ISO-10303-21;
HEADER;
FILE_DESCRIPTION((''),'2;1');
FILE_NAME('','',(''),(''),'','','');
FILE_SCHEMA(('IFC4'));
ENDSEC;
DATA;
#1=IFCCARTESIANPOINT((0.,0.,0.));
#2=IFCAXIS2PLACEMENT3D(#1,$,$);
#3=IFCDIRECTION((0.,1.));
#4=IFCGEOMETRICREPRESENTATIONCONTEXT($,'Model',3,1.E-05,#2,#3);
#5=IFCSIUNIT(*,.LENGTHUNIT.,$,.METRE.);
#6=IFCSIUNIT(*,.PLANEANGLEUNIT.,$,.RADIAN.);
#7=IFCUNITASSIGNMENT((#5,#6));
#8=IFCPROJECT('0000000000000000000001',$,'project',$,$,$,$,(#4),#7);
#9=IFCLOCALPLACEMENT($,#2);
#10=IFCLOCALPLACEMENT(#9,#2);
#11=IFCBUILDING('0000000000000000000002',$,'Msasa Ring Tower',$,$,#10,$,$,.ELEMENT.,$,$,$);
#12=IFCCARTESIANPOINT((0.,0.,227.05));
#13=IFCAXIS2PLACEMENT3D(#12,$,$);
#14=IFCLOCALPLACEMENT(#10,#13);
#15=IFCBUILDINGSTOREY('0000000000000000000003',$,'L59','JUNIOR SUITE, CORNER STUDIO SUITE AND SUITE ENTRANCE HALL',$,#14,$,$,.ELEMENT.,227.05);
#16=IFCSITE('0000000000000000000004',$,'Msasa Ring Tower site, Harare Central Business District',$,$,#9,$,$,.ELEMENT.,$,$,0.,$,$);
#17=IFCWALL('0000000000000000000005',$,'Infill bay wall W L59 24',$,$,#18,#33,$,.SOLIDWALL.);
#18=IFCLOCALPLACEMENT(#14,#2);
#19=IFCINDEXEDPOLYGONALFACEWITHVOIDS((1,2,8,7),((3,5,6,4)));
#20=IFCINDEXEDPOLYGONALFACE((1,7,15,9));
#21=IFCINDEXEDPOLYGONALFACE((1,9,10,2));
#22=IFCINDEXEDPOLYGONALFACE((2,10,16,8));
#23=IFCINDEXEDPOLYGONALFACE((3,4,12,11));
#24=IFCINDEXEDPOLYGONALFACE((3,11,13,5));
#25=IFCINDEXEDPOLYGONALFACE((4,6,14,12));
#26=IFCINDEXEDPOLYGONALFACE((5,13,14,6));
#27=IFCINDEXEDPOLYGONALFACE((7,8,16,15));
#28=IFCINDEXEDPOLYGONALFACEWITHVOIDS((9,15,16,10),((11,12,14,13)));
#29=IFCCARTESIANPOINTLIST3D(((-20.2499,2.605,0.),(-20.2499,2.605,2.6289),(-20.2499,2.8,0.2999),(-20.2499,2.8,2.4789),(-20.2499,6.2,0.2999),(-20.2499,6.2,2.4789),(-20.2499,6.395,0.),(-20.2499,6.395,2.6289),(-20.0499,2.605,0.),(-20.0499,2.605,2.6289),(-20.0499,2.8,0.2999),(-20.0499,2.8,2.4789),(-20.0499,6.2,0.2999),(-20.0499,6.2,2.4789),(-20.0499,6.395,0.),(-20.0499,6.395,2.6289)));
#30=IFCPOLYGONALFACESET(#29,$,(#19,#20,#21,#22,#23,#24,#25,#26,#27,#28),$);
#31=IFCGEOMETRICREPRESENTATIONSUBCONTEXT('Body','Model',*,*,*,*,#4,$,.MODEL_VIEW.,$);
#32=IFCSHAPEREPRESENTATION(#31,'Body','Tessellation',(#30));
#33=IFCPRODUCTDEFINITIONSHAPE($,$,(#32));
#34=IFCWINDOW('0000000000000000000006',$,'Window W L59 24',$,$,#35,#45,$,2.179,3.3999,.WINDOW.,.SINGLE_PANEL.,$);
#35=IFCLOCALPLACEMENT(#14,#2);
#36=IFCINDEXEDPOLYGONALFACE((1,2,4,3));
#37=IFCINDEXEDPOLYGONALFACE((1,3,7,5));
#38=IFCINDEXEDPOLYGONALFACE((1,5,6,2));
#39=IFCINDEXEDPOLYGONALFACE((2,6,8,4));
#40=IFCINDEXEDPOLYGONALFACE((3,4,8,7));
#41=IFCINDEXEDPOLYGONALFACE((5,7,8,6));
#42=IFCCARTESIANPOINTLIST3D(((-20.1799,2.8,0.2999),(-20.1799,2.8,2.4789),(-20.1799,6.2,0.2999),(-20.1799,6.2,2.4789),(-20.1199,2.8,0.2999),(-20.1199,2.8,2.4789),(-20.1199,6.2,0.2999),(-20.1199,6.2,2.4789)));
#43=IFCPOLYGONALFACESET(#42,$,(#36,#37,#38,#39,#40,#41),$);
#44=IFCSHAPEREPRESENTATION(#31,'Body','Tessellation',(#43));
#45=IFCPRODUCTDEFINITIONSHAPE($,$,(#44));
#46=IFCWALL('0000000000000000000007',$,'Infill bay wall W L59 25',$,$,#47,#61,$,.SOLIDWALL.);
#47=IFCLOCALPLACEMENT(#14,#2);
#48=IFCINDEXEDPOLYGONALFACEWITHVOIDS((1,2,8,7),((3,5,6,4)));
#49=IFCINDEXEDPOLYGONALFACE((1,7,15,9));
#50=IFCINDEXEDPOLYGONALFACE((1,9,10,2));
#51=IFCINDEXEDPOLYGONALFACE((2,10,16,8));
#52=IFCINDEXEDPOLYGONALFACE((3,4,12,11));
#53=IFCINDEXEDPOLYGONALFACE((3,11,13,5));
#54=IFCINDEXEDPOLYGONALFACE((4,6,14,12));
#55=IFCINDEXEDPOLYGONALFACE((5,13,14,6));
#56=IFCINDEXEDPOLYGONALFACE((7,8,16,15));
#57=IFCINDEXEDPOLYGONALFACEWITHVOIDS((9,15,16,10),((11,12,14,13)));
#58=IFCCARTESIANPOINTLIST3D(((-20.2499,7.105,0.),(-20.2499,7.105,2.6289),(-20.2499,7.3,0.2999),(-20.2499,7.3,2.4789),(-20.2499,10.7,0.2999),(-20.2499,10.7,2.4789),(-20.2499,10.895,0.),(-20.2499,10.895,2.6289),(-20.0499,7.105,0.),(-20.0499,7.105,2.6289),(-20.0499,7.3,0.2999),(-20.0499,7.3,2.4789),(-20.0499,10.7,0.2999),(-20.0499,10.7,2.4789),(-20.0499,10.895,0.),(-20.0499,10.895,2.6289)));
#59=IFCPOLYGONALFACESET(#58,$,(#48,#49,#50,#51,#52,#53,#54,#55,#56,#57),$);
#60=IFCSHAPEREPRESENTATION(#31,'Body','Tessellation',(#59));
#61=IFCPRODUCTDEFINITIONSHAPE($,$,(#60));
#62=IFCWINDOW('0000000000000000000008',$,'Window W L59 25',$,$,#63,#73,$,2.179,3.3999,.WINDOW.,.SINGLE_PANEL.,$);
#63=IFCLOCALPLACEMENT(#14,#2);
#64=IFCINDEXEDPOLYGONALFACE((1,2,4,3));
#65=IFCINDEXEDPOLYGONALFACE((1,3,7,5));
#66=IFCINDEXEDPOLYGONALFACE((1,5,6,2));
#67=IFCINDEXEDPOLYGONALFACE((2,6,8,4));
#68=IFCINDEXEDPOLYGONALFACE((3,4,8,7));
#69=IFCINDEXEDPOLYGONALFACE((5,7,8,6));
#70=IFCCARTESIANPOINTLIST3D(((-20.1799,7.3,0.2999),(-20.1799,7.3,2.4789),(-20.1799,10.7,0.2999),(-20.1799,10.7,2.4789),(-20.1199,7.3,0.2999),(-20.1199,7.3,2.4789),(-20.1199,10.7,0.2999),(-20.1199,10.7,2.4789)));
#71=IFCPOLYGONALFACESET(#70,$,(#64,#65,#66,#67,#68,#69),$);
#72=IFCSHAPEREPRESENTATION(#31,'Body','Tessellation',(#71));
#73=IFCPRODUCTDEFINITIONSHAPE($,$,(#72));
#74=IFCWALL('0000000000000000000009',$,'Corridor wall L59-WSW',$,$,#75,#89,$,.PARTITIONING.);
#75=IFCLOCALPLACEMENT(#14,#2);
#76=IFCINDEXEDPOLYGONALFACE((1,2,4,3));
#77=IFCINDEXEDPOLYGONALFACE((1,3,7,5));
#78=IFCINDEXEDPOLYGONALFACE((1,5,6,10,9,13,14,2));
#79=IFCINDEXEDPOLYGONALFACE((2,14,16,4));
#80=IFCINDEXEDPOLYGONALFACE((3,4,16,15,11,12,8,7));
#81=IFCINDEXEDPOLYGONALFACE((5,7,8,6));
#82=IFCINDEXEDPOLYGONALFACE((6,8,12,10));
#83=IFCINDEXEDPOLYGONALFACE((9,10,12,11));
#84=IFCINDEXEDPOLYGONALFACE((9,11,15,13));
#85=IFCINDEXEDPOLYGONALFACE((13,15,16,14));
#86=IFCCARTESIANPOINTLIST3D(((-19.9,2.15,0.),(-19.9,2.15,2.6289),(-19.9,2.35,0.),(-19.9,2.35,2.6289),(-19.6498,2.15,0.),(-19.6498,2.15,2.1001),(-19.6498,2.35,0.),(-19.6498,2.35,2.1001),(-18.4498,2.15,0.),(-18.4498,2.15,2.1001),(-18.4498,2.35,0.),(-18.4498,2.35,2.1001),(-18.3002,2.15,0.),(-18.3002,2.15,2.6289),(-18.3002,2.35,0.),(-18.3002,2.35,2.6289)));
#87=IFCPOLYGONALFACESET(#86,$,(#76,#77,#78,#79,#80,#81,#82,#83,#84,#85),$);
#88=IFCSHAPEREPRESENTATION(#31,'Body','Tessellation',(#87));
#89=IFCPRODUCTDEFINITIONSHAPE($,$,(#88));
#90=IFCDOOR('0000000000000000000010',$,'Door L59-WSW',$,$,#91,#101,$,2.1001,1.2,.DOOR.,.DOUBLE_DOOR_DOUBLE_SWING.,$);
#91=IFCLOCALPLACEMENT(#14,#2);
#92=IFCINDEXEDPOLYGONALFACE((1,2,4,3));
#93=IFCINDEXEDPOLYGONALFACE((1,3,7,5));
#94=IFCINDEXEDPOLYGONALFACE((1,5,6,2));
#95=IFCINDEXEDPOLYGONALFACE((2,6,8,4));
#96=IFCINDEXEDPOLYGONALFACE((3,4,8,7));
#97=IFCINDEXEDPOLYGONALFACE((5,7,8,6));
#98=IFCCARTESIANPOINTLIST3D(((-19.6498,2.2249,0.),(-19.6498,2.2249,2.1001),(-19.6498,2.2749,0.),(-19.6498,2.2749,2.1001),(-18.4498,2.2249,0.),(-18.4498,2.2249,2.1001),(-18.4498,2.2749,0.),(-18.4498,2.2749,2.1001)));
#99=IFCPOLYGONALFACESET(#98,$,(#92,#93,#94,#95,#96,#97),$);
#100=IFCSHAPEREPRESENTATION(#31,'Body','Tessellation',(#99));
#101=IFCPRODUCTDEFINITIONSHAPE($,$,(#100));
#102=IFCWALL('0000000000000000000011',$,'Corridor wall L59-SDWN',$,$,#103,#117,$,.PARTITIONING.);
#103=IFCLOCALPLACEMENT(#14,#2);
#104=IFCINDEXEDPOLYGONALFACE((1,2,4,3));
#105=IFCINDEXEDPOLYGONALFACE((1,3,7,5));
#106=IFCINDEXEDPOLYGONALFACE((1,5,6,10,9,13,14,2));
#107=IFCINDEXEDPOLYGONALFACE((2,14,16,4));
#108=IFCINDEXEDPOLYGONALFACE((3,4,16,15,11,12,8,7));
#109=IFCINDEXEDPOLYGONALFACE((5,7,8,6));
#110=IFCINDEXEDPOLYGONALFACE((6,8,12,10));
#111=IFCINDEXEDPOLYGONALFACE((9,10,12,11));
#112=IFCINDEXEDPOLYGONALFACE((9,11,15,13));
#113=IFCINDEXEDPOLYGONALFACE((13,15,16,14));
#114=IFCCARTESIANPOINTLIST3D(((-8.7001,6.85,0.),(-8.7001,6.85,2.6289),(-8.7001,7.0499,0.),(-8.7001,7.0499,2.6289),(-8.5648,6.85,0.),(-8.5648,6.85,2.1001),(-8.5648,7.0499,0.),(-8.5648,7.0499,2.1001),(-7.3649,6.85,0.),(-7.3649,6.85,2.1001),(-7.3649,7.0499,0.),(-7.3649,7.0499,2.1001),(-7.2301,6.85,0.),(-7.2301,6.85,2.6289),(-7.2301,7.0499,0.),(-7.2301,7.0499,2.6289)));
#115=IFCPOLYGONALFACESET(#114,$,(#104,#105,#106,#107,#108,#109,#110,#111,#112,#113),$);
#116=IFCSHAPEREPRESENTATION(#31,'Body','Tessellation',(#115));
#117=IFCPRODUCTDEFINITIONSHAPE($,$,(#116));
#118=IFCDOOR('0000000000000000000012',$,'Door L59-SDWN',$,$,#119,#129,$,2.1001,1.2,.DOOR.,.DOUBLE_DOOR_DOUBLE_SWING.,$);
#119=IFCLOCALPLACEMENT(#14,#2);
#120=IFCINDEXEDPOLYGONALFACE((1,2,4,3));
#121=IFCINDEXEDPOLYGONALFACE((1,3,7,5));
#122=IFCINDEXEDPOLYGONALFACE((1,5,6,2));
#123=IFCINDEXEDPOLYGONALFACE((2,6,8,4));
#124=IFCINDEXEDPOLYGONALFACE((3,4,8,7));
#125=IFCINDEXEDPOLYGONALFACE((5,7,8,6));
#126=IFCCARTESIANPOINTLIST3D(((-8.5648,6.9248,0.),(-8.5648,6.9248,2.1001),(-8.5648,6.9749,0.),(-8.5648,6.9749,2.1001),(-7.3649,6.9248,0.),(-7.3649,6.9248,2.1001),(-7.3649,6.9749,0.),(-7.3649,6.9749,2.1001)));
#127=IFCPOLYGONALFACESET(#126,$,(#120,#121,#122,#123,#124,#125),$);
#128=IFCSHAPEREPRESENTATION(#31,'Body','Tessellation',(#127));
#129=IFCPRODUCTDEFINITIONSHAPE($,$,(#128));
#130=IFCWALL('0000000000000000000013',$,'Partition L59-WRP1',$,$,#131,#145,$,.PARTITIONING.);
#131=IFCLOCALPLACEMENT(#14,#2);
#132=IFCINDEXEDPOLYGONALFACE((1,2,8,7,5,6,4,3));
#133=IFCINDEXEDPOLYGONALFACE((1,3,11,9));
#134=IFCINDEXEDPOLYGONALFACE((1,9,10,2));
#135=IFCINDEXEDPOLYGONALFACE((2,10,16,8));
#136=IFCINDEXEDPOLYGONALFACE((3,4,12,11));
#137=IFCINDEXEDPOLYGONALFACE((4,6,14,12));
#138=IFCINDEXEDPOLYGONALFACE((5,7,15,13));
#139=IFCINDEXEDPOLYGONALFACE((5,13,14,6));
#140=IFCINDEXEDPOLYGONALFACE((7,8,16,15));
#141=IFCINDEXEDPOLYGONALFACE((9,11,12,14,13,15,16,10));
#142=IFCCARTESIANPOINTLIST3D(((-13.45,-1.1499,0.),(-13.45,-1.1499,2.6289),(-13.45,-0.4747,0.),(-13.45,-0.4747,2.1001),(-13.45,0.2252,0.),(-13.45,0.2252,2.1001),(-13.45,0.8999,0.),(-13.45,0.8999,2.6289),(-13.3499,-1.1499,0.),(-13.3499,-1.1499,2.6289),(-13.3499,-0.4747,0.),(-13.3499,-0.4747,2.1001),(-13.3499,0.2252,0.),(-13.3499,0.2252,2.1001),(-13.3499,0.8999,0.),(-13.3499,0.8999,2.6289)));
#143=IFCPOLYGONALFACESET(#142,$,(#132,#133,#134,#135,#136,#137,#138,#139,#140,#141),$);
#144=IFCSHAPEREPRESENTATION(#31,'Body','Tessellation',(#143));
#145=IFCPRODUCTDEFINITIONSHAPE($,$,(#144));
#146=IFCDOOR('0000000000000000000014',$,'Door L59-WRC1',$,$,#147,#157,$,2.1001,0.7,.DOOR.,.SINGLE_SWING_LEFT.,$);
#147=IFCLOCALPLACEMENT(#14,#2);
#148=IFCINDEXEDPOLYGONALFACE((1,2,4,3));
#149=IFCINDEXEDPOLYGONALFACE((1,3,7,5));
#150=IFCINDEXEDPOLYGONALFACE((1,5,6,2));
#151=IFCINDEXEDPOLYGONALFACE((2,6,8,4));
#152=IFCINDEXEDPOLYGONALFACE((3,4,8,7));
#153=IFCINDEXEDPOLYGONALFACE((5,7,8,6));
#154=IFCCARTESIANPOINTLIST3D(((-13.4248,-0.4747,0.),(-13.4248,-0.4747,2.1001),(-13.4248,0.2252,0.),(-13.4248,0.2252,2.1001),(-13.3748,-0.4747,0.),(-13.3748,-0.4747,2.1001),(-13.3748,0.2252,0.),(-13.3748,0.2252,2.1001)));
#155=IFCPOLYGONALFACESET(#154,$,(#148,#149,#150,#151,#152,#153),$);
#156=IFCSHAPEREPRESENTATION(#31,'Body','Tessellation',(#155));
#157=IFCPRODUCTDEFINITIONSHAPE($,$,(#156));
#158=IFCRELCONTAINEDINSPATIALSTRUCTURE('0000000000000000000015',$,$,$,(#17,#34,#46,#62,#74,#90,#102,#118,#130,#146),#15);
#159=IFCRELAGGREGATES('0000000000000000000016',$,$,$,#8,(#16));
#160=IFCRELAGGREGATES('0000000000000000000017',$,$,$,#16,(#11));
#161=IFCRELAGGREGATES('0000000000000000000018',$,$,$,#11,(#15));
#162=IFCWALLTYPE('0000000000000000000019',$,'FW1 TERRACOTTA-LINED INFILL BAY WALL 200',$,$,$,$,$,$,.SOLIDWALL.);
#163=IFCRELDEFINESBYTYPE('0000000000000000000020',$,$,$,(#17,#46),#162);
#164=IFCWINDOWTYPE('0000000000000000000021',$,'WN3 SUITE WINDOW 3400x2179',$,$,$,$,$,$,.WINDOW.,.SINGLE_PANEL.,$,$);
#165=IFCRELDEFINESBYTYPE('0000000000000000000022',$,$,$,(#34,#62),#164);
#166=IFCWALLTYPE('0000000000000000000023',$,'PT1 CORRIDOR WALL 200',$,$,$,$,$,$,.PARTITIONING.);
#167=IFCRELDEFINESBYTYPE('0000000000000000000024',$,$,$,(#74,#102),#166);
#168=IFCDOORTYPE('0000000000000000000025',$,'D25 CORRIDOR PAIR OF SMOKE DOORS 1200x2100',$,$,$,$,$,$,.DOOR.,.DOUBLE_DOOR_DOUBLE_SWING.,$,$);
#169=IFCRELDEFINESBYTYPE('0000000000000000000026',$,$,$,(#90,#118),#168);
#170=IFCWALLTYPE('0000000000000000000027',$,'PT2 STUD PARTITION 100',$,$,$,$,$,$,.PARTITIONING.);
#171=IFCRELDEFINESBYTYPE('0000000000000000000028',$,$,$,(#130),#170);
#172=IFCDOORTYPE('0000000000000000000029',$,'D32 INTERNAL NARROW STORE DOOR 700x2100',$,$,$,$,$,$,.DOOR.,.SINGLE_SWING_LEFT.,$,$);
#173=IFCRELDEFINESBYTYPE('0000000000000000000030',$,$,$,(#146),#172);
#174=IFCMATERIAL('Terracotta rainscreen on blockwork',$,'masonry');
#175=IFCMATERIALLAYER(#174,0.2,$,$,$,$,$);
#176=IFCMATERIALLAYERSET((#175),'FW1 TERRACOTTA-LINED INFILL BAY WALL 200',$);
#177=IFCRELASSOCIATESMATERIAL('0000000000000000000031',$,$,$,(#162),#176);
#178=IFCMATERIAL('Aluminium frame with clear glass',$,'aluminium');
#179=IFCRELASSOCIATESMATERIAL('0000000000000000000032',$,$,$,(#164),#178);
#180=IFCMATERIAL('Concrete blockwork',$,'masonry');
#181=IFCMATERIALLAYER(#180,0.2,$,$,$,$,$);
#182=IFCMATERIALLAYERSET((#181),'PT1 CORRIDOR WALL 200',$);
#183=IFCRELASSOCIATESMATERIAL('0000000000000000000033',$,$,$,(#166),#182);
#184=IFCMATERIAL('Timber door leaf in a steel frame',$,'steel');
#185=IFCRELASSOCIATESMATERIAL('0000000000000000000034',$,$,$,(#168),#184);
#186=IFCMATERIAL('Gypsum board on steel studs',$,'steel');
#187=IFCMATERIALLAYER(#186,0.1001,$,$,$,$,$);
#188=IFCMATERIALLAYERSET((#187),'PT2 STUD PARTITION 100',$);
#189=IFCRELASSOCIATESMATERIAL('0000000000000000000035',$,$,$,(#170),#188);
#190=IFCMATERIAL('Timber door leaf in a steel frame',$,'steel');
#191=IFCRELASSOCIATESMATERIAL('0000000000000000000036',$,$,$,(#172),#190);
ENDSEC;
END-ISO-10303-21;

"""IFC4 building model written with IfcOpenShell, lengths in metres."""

from ifc_helpers import new_model, si_unit, direction, frame, frame_2d, origin, place, context, subcontext, project, spatial, rectangle, extrude, material, layer, layer_set, type_object, element, fill, save


model = new_model("IFC4")

# Units and contexts
model_context = context("Model", 3, precision=1e-05, world=origin(), true_north=direction((0.0, 1.0)))
body_context = subcontext(model_context, "Body", "Model", "MODEL_VIEW")
ifc_project = project(units=[si_unit("LENGTHUNIT", "METRE"), si_unit("PLANEANGLEUNIT", "RADIAN")], contexts=[model_context])

# Site, building, storey
site_placement = place(None, origin())
site = spatial("IfcSite", under=ifc_project, at=site_placement, Name="Msasa Ring Tower site, Harare Central Business District", CompositionType="ELEMENT", RefElevation=0.0)
building_placement = place(site_placement, origin())
building = spatial("IfcBuilding", under=site, at=building_placement, Name="Msasa Ring Tower", CompositionType="ELEMENT")
storey_placement = place(building_placement, frame((0.0, 0.0, 227.05)))
storey = spatial("IfcBuildingStorey", under=building, at=storey_placement, Name="L59", Description="JUNIOR SUITE, CORNER STUDIO SUITE AND SUITE ENTRANCE HALL", CompositionType="ELEMENT", Elevation=227.05)

# Walls, openings, windows
ifc_material_1 = material(Name="Terracotta rainscreen on blockwork", Category="masonry")
ifc_layer_1 = layer(ifc_material_1, 0.2)
ifc_layer_set_1 = layer_set([ifc_layer_1], Name="FW1 TERRACOTTA-LINED INFILL BAY WALL 200")
wall_type_1 = type_object("IfcWallType", Name="FW1 TERRACOTTA-LINED INFILL BAY WALL 200", PredefinedType="SOLIDWALL", material=ifc_layer_set_1)
wall_1_placement = place(storey_placement, frame((-20.1499, 2.605, 0.0), z_axis=(0.0, 0.0, 1.0), x_axis=(0.0, 1.0, 0.0)))
wall_1 = element("IfcWall", 1, at=wall_1_placement, inside=storey, type_object=wall_type_1, Name="Infill bay wall W L59 24", PredefinedType="SOLIDWALL", context=body_context, shape_type="SweptSolid", body=[
    extrude(rectangle(XDim=3.79, YDim=0.2, at=frame_2d((1.895, 0.0))), origin(), (0.0, 0.0, 1.0), 2.6289),
])
opening_1_placement = place(wall_1_placement, frame((0.1951, 0.0, 0.3)))
opening_1 = element("IfcOpeningElement", 2, at=opening_1_placement, cuts=wall_1, PredefinedType="OPENING", context=body_context, shape_type="SweptSolid", body=[
    extrude(rectangle(XDim=3.3999, YDim=2.179, at=frame_2d((1.7, 1.0894))), frame((0.0, 0.1099, 0.0), z_axis=(0.0, -1.0, 0.0), x_axis=(1.0, 0.0, 0.0)), (0.0, 0.0, 1.0), 0.22),
])
ifc_material_2 = material(Name="Aluminium frame with clear glass", Category="aluminium")
window_type = type_object("IfcWindowType", Name="WN3 SUITE WINDOW 3400x2179", PartitioningType="SINGLE_PANEL", PredefinedType="WINDOW", material=ifc_material_2)
window_1_placement = place(opening_1_placement, origin())
window_1 = element("IfcWindow", 3, at=window_1_placement, inside=storey, type_object=window_type, Name="Window W L59 24", OverallHeight=2.179, OverallWidth=3.3999, PartitioningType="SINGLE_PANEL", PredefinedType="WINDOW", context=body_context, shape_type="SweptSolid", body=[
    extrude(rectangle(XDim=3.3999, YDim=2.179, at=frame_2d((1.7, 1.0894))), frame((0.0, 0.03, 0.0), z_axis=(0.0, -1.0, 0.0), x_axis=(1.0, 0.0, 0.0)), (0.0, 0.0, 1.0), 0.0601),
])
fill(opening_1, window_1)
wall_2_placement = place(storey_placement, frame((-20.1499, 7.105, 0.0), z_axis=(0.0, 0.0, 1.0), x_axis=(0.0, 1.0, 0.0)))
wall_2 = element("IfcWall", 4, at=wall_2_placement, inside=storey, type_object=wall_type_1, Name="Infill bay wall W L59 25", PredefinedType="SOLIDWALL", context=body_context, shape_type="SweptSolid", body=[
    extrude(rectangle(XDim=3.79, YDim=0.2, at=frame_2d((1.895, 0.0))), origin(), (0.0, 0.0, 1.0), 2.6289),
])
opening_2_placement = place(wall_2_placement, frame((0.1951, 0.0, 0.3)))
opening_2 = element("IfcOpeningElement", 5, at=opening_2_placement, cuts=wall_2, PredefinedType="OPENING", context=body_context, shape_type="SweptSolid", body=[
    extrude(rectangle(XDim=3.3999, YDim=2.179, at=frame_2d((1.7, 1.0894))), frame((0.0, 0.1099, 0.0), z_axis=(0.0, -1.0, 0.0), x_axis=(1.0, 0.0, 0.0)), (0.0, 0.0, 1.0), 0.22),
])
window_2_placement = place(opening_2_placement, origin())
window_2 = element("IfcWindow", 6, at=window_2_placement, inside=storey, type_object=window_type, Name="Window W L59 25", OverallHeight=2.179, OverallWidth=3.3999, PartitioningType="SINGLE_PANEL", PredefinedType="WINDOW", context=body_context, shape_type="SweptSolid", body=[
    extrude(rectangle(XDim=3.3999, YDim=2.179, at=frame_2d((1.7, 1.0894))), frame((0.0, 0.03, 0.0), z_axis=(0.0, -1.0, 0.0), x_axis=(1.0, 0.0, 0.0)), (0.0, 0.0, 1.0), 0.0601),
])
fill(opening_2, window_2)

# Walls, openings, doors
ifc_material_3 = material(Name="Concrete blockwork", Category="masonry")
ifc_layer_2 = layer(ifc_material_3, 0.2)
ifc_layer_set_2 = layer_set([ifc_layer_2], Name="PT1 CORRIDOR WALL 200")
wall_type_2 = type_object("IfcWallType", Name="PT1 CORRIDOR WALL 200", PredefinedType="PARTITIONING", material=ifc_layer_set_2)
wall_3_placement = place(storey_placement, frame((-19.8999, 2.25, 0.0), z_axis=(0.0, 0.0, 1.0), x_axis=(1.0, 0.0, 0.0)))
wall_3 = element("IfcWall", 7, at=wall_3_placement, inside=storey, type_object=wall_type_2, Name="Corridor wall L59-WSW", PredefinedType="PARTITIONING", context=body_context, shape_type="SweptSolid", body=[
    extrude(rectangle(XDim=1.5999, YDim=0.2, at=frame_2d((0.7998, 0.0))), origin(), (0.0, 0.0, 1.0), 2.6289),
])
opening_3_placement = place(wall_3_placement, frame((0.25, 0.0, 0.0)))
opening_3 = element("IfcOpeningElement", 8, at=opening_3_placement, cuts=wall_3, PredefinedType="OPENING", context=body_context, shape_type="SweptSolid", body=[
    extrude(rectangle(XDim=1.2, YDim=2.1001, at=frame_2d((0.6001, 1.05))), frame((0.0, 0.1099, 0.0), z_axis=(0.0, -1.0, 0.0), x_axis=(1.0, 0.0, 0.0)), (0.0, 0.0, 1.0), 0.22),
])
ifc_material_4 = material(Name="Timber door leaf in a steel frame", Category="steel")
door_type_1 = type_object("IfcDoorType", Name="D25 CORRIDOR PAIR OF SMOKE DOORS 1200x2100", OperationType="DOUBLE_DOOR_DOUBLE_SWING", PredefinedType="DOOR", material=ifc_material_4)
door_1_placement = place(opening_3_placement, origin())
door_1 = element("IfcDoor", 9, at=door_1_placement, inside=storey, type_object=door_type_1, Name="Door L59-WSW", OperationType="DOUBLE_DOOR_DOUBLE_SWING", OverallHeight=2.1001, OverallWidth=1.2, PredefinedType="DOOR", context=body_context, shape_type="SweptSolid", body=[
    extrude(rectangle(XDim=1.2, YDim=2.1001, at=frame_2d((0.6001, 1.05))), frame((0.0, 0.0249, 0.0), z_axis=(0.0, -1.0, 0.0), x_axis=(1.0, 0.0, 0.0)), (0.0, 0.0, 1.0), 0.05),
])
fill(opening_3, door_1)
wall_4_placement = place(storey_placement, frame((-8.7, 6.95, 0.0), z_axis=(0.0, 0.0, 1.0), x_axis=(1.0, 0.0, 0.0)))
wall_4 = element("IfcWall", 10, at=wall_4_placement, inside=storey, type_object=wall_type_2, Name="Corridor wall L59-SDWN", PredefinedType="PARTITIONING", context=body_context, shape_type="SweptSolid", body=[
    extrude(rectangle(XDim=1.47, YDim=0.2, at=frame_2d((0.7349, 0.0))), origin(), (0.0, 0.0, 1.0), 2.6289),
])
opening_4_placement = place(wall_4_placement, frame((0.135, 0.0, 0.0)))
opening_4 = element("IfcOpeningElement", 11, at=opening_4_placement, cuts=wall_4, PredefinedType="OPENING", context=body_context, shape_type="SweptSolid", body=[
    extrude(rectangle(XDim=1.2, YDim=2.1001, at=frame_2d((0.6001, 1.05))), frame((0.0, 0.1099, 0.0), z_axis=(0.0, -1.0, 0.0), x_axis=(1.0, 0.0, 0.0)), (0.0, 0.0, 1.0), 0.22),
])
door_2_placement = place(opening_4_placement, origin())
door_2 = element("IfcDoor", 12, at=door_2_placement, inside=storey, type_object=door_type_1, Name="Door L59-SDWN", OperationType="DOUBLE_DOOR_DOUBLE_SWING", OverallHeight=2.1001, OverallWidth=1.2, PredefinedType="DOOR", context=body_context, shape_type="SweptSolid", body=[
    extrude(rectangle(XDim=1.2, YDim=2.1001, at=frame_2d((0.6001, 1.05))), frame((0.0, 0.0249, 0.0), z_axis=(0.0, -1.0, 0.0), x_axis=(1.0, 0.0, 0.0)), (0.0, 0.0, 1.0), 0.05),
])
fill(opening_4, door_2)
ifc_material_5 = material(Name="Gypsum board on steel studs", Category="steel")
ifc_layer_3 = layer(ifc_material_5, 0.1001)
ifc_layer_set_3 = layer_set([ifc_layer_3], Name="PT2 STUD PARTITION 100")
wall_type_3 = type_object("IfcWallType", Name="PT2 STUD PARTITION 100", PredefinedType="PARTITIONING", material=ifc_layer_set_3)
wall_5_placement = place(storey_placement, frame((-13.3999, -1.1499, 0.0), z_axis=(0.0, 0.0, 1.0), x_axis=(0.0, 1.0, 0.0)))
wall_5 = element("IfcWall", 13, at=wall_5_placement, inside=storey, type_object=wall_type_3, Name="Partition L59-WRP1", PredefinedType="PARTITIONING", context=body_context, shape_type="SweptSolid", body=[
    extrude(rectangle(XDim=2.0498, YDim=0.1001, at=frame_2d((1.0249, 0.0))), origin(), (0.0, 0.0, 1.0), 2.6289),
])
opening_5_placement = place(wall_5_placement, frame((0.675, 0.0, 0.0)))
opening_5 = element("IfcOpeningElement", 14, at=opening_5_placement, cuts=wall_5, PredefinedType="OPENING", context=body_context, shape_type="SweptSolid", body=[
    extrude(rectangle(XDim=0.7, YDim=2.1001, at=frame_2d((0.3501, 1.05))), frame((0.0, 0.0601, 0.0), z_axis=(0.0, -1.0, 0.0), x_axis=(1.0, 0.0, 0.0)), (0.0, 0.0, 1.0), 0.1201),
])
ifc_material_6 = material(Name="Timber door leaf in a steel frame", Category="steel")
door_type_2 = type_object("IfcDoorType", Name="D32 INTERNAL NARROW STORE DOOR 700x2100", OperationType="SINGLE_SWING_LEFT", PredefinedType="DOOR", material=ifc_material_6)
door_3_placement = place(opening_5_placement, origin())
door_3 = element("IfcDoor", 15, at=door_3_placement, inside=storey, type_object=door_type_2, Name="Door L59-WRC1", OperationType="SINGLE_SWING_LEFT", OverallHeight=2.1001, OverallWidth=0.7, PredefinedType="DOOR", context=body_context, shape_type="SweptSolid", body=[
    extrude(rectangle(XDim=0.7, YDim=2.1001, at=frame_2d((0.3501, 1.05))), frame((0.0, 0.0249, 0.0), z_axis=(0.0, -1.0, 0.0), x_axis=(1.0, 0.0, 0.0)), (0.0, 0.0, 1.0), 0.05),
])
fill(opening_5, door_3)

save(model, "model.ifc")
